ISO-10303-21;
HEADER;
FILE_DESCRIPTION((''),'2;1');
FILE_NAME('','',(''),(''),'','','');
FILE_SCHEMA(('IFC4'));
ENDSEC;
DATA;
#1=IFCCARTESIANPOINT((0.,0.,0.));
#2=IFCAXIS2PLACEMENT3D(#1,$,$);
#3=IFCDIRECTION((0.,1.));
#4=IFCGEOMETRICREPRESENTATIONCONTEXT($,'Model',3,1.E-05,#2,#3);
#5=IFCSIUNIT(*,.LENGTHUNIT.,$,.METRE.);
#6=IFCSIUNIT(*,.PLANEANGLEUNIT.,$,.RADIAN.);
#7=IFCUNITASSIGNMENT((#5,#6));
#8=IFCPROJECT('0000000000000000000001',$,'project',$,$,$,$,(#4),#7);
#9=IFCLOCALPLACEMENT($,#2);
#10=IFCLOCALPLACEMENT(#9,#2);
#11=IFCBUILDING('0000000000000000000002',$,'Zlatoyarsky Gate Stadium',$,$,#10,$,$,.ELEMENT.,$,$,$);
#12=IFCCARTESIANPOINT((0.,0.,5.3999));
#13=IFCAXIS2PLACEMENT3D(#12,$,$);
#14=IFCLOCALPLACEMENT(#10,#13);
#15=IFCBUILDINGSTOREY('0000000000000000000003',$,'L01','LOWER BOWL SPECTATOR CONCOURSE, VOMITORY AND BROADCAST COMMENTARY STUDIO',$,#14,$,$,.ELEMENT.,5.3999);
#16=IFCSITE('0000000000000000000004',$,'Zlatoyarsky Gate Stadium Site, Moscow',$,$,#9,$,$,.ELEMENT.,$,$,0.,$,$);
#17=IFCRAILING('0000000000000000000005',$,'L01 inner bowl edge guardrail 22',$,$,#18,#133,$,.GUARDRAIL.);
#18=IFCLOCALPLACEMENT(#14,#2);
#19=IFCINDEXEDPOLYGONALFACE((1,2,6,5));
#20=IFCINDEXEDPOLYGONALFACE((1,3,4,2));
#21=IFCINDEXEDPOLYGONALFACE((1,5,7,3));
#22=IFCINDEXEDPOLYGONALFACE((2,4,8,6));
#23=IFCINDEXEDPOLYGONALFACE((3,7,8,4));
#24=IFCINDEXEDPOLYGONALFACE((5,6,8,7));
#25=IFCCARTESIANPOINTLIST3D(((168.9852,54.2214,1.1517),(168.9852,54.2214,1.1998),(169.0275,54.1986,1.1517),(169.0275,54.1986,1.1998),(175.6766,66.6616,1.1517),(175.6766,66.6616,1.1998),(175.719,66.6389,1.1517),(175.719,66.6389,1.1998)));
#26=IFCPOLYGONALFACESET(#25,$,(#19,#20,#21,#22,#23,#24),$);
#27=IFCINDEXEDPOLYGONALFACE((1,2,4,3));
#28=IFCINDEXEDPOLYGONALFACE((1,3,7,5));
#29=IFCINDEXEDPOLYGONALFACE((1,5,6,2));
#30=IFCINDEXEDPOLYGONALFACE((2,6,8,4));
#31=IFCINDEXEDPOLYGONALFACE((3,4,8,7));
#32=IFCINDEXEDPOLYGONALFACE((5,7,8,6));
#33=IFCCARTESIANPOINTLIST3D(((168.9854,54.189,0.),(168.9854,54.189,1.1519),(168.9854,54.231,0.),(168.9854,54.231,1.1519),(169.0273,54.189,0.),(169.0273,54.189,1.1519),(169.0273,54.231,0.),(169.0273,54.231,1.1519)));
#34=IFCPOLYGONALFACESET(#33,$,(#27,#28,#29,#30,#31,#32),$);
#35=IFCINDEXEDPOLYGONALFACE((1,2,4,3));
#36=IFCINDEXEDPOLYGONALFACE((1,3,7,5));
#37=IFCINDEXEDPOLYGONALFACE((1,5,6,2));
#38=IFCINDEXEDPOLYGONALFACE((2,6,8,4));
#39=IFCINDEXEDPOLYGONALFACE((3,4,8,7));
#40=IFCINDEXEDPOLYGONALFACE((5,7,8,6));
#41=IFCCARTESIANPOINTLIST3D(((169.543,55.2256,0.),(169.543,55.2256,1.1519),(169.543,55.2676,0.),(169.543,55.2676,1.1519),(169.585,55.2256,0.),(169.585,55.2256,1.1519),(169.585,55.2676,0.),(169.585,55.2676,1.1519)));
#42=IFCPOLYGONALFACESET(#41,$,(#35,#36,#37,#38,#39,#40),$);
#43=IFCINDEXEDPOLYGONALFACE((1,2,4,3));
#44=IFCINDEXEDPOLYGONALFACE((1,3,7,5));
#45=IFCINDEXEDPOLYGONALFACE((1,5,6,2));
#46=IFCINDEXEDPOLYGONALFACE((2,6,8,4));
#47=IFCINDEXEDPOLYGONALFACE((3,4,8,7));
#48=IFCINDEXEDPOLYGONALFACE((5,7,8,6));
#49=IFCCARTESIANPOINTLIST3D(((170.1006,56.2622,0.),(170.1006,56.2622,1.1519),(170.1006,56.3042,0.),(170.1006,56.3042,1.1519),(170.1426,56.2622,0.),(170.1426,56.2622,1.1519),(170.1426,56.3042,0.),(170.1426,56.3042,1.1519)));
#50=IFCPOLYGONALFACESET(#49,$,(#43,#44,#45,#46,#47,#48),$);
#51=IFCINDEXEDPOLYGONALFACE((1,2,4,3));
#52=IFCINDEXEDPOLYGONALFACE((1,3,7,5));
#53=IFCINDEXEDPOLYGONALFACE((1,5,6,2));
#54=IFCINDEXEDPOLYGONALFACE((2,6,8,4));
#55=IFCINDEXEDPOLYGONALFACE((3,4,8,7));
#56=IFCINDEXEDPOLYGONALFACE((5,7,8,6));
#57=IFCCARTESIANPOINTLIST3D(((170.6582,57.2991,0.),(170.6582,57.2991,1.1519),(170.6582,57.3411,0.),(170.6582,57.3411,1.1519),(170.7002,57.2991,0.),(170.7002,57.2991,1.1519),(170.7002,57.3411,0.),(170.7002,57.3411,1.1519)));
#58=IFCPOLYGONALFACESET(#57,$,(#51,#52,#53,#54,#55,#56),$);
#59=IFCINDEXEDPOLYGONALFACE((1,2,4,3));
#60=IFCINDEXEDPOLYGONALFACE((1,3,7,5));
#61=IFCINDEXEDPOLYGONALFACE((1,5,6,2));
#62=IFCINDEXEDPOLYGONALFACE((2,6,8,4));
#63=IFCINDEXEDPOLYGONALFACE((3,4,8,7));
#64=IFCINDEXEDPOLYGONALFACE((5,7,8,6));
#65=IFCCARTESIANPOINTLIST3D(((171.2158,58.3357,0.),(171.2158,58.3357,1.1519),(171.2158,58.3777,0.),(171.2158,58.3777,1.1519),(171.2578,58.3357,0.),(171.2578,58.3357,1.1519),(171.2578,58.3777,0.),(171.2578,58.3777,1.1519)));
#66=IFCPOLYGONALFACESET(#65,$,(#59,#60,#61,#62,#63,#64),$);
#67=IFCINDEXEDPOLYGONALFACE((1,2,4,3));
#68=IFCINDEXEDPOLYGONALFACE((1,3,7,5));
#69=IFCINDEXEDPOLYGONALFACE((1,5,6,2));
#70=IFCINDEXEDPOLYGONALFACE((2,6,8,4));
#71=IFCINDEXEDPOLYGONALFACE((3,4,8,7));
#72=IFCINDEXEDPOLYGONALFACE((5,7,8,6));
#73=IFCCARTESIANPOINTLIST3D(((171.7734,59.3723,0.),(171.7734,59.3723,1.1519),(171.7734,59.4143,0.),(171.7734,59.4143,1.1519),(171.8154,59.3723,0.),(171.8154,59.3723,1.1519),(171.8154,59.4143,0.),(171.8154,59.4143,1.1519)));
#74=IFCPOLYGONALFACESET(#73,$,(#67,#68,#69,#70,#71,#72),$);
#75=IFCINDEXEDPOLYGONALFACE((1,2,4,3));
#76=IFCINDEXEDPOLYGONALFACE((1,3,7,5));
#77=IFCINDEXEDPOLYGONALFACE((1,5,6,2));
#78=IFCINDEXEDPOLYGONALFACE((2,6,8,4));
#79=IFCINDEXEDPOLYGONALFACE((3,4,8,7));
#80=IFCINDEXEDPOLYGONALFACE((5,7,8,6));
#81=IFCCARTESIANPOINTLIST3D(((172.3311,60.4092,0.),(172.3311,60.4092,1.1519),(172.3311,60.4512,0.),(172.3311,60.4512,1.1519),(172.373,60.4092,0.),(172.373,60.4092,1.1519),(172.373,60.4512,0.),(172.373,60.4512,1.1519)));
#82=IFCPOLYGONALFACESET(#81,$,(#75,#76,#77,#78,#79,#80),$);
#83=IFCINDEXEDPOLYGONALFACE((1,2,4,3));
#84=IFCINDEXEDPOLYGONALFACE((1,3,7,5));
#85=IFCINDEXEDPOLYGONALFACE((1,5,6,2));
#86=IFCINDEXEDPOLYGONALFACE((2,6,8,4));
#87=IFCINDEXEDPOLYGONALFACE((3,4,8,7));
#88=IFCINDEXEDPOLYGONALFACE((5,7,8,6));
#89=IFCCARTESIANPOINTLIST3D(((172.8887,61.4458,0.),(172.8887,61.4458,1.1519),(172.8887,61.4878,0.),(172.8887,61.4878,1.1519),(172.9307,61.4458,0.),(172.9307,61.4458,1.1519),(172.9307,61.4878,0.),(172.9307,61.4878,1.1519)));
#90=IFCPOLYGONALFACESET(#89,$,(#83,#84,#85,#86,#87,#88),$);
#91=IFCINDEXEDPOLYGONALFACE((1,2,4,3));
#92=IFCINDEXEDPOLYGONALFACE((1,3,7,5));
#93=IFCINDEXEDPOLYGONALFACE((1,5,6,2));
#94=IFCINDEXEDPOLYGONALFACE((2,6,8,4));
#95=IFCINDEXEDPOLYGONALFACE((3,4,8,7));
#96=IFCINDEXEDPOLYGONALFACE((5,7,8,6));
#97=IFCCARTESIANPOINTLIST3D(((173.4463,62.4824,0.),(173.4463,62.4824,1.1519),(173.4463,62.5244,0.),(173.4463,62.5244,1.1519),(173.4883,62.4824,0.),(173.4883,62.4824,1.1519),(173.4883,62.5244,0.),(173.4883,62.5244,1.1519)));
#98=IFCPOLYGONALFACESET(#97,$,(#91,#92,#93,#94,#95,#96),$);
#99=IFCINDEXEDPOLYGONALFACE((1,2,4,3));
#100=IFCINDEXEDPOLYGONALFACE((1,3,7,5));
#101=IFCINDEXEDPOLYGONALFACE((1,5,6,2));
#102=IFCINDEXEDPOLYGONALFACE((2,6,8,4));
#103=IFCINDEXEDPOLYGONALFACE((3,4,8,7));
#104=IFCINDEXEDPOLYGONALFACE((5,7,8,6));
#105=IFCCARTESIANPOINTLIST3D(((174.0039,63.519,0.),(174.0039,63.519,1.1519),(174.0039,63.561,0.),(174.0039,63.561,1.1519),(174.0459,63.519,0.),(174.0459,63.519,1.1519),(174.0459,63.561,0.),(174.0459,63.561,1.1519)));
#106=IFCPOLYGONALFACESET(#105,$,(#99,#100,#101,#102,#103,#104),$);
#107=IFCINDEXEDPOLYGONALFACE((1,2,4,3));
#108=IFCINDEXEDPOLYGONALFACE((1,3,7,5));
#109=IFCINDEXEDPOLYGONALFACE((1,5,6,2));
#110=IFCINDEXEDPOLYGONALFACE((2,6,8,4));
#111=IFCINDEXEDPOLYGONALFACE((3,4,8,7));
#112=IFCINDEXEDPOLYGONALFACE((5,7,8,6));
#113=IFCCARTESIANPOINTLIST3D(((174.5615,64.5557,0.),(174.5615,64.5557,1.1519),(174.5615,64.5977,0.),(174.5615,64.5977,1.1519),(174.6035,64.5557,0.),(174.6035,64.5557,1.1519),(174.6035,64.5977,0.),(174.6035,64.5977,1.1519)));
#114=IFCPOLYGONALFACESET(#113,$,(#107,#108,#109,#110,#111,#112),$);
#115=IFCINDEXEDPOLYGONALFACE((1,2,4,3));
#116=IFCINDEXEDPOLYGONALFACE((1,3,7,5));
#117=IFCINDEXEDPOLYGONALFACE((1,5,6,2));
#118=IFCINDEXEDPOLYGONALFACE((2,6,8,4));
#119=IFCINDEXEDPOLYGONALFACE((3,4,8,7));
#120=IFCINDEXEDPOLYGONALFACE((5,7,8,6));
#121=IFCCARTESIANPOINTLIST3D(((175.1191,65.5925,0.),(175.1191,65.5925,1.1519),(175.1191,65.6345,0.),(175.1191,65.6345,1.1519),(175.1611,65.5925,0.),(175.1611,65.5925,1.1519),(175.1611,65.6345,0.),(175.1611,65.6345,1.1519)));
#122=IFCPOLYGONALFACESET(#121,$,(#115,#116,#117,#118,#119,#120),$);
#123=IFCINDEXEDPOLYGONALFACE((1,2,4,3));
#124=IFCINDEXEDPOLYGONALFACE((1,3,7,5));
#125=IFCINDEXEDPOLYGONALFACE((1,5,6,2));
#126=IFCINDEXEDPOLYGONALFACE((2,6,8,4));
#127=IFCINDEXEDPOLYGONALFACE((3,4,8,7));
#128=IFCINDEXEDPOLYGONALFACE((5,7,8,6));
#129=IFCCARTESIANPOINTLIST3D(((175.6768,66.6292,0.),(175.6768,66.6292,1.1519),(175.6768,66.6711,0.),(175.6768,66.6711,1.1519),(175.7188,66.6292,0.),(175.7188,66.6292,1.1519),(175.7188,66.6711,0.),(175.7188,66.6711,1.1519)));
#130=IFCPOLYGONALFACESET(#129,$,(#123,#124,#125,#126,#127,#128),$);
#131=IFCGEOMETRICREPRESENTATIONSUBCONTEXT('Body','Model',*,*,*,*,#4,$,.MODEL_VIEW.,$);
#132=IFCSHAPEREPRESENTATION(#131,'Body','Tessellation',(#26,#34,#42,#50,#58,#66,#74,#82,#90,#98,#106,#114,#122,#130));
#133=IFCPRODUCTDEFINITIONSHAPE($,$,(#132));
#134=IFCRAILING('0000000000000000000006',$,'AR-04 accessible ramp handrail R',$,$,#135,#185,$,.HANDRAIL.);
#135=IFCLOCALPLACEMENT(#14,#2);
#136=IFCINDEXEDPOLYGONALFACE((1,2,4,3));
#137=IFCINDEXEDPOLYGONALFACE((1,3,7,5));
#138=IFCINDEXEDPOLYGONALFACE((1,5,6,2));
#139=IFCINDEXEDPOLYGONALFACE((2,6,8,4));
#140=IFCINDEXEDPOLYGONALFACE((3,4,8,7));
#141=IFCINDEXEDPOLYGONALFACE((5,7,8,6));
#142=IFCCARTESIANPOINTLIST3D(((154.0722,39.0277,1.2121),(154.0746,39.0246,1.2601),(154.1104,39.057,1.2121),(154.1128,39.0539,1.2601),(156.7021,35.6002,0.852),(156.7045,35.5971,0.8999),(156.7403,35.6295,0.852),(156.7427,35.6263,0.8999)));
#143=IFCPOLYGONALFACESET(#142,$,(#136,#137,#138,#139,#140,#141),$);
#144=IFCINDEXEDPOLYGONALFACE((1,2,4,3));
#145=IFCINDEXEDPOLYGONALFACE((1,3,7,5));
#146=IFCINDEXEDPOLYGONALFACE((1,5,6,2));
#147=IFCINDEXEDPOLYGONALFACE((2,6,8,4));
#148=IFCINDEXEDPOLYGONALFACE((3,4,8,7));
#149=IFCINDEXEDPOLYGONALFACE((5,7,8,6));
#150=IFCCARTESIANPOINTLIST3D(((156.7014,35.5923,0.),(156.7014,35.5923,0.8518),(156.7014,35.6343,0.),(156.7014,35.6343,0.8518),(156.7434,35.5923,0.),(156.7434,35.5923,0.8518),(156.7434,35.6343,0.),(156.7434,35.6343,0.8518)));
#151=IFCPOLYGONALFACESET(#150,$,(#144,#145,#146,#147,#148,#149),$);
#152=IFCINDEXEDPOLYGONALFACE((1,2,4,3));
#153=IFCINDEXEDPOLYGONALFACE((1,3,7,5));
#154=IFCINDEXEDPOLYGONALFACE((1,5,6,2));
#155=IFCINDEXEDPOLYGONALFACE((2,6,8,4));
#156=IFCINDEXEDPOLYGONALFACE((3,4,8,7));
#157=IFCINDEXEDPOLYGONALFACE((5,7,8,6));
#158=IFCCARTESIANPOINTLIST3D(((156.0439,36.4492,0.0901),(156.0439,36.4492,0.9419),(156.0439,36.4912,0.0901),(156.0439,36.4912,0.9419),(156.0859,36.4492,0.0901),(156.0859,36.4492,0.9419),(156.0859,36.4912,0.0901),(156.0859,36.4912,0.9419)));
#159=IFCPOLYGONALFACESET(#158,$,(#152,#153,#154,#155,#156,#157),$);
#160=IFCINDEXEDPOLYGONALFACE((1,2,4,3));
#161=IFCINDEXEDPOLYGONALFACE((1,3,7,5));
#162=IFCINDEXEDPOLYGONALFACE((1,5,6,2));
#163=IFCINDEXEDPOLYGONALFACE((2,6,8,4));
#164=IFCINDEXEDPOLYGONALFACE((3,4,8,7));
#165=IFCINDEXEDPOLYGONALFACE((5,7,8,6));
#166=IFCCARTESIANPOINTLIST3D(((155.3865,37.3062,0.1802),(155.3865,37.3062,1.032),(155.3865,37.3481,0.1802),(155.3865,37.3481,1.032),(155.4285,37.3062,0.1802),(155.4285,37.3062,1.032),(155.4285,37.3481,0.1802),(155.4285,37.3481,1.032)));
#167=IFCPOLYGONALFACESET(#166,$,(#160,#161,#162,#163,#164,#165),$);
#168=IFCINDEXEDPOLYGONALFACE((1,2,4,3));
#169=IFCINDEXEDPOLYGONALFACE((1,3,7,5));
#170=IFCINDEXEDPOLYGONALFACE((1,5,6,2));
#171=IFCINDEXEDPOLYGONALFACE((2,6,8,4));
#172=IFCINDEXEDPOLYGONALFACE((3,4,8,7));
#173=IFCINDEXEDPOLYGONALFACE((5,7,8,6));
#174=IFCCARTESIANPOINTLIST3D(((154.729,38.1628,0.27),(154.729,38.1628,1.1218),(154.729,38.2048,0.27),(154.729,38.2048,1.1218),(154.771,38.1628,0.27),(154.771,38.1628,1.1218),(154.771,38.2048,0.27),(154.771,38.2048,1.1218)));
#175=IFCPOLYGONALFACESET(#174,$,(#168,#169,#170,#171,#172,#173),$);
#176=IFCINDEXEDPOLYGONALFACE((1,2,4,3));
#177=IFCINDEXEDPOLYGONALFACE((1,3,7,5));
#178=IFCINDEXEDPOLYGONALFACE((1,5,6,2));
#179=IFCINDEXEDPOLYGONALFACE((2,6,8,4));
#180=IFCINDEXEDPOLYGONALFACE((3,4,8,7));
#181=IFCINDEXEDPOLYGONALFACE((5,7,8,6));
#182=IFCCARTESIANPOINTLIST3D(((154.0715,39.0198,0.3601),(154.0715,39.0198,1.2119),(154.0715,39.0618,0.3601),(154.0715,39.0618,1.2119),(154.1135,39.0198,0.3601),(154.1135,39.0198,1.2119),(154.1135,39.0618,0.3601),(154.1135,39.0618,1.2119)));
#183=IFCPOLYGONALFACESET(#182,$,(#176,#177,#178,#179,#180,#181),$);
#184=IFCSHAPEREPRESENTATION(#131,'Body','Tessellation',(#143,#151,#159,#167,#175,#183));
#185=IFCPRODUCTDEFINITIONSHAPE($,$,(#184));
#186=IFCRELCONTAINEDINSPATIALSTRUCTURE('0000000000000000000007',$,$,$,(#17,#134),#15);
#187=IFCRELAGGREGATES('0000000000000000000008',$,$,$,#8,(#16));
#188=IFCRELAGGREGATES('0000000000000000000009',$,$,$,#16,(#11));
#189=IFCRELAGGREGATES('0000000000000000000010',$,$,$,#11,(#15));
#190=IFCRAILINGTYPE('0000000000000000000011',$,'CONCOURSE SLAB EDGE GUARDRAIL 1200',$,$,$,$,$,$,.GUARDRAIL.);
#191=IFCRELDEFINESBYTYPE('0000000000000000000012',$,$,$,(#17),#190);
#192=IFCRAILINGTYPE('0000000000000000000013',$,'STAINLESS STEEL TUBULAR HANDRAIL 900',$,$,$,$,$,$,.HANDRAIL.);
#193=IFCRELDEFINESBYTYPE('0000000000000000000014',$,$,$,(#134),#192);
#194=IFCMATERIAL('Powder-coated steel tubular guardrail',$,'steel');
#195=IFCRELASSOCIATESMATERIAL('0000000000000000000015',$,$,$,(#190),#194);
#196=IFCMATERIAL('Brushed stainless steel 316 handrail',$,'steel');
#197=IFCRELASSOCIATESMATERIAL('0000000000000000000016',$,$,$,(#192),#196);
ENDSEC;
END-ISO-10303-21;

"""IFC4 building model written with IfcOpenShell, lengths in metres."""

from ifc_helpers import new_model, si_unit, direction, frame, origin, origin_2d, place, context, subcontext, project, spatial, rectangle, extrude, material, type_object, element, save


model = new_model("IFC4")

# Units and contexts
model_context = context("Model", 3, precision=1e-05, world=origin(), true_north=direction((0.0, 1.0)))
body_context = subcontext(model_context, "Body", "Model", "MODEL_VIEW")
ifc_project = project(units=[si_unit("LENGTHUNIT", "METRE"), si_unit("PLANEANGLEUNIT", "RADIAN")], contexts=[model_context])

# Site, building, storey
site_placement = place(None, origin())
site = spatial("IfcSite", under=ifc_project, at=site_placement, Name="Zlatoyarsky Gate Stadium Site, Moscow", CompositionType="ELEMENT", RefElevation=0.0)
building_placement = place(site_placement, origin())
building = spatial("IfcBuilding", under=site, at=building_placement, Name="Zlatoyarsky Gate Stadium", CompositionType="ELEMENT")
storey_placement = place(building_placement, frame((0.0, 0.0, 5.3999)))
storey = spatial("IfcBuildingStorey", under=building, at=storey_placement, Name="L01", Description="LOWER BOWL SPECTATOR CONCOURSE, VOMITORY AND BROADCAST COMMENTARY STUDIO", CompositionType="ELEMENT", Elevation=5.3999)

# Railings
ifc_material_1 = material(Name="Powder-coated steel tubular guardrail", Category="steel")
railing_type_1 = type_object("IfcRailingType", Name="CONCOURSE SLAB EDGE GUARDRAIL 1200", PredefinedType="GUARDRAIL", material=ifc_material_1)
railing_1_placement = place(storey_placement, frame((169.0063, 54.21, 0.0)))
element("IfcRailing", 1, at=railing_1_placement, inside=storey, type_object=railing_type_1, Name="L01 inner bowl edge guardrail 22", PredefinedType="GUARDRAIL", context=body_context, shape_type="SweptSolid", body=[
    extrude(rectangle(XDim=0.0481, YDim=0.0481, at=origin_2d()), frame((0.0, 0.0, 1.1758), z_axis=(0.473707, 0.880682, 0.0), x_axis=(-0.880682, 0.473707, 0.0)), (0.0, 0.0, 1.0), 14.1257),
    extrude(rectangle(XDim=0.042, YDim=0.042, at=origin_2d()), origin(), (0.0, 0.0, 1.0), 1.1519),
    extrude(rectangle(XDim=0.042, YDim=0.042, at=origin_2d()), frame((0.5576, 1.0366, 0.0)), (0.0, 0.0, 1.0), 1.1519),
    extrude(rectangle(XDim=0.042, YDim=0.042, at=origin_2d()), frame((1.1152, 2.0732, 0.0)), (0.0, 0.0, 1.0), 1.1519),
    extrude(rectangle(XDim=0.042, YDim=0.042, at=origin_2d()), frame((1.6729, 3.1101, 0.0)), (0.0, 0.0, 1.0), 1.1519),
    extrude(rectangle(XDim=0.042, YDim=0.042, at=origin_2d()), frame((2.2305, 4.1467, 0.0)), (0.0, 0.0, 1.0), 1.1519),
    extrude(rectangle(XDim=0.042, YDim=0.042, at=origin_2d()), frame((2.7881, 5.1833, 0.0)), (0.0, 0.0, 1.0), 1.1519),
    extrude(rectangle(XDim=0.042, YDim=0.042, at=origin_2d()), frame((3.3457, 6.2202, 0.0)), (0.0, 0.0, 1.0), 1.1519),
    extrude(rectangle(XDim=0.042, YDim=0.042, at=origin_2d()), frame((3.9033, 7.2568, 0.0)), (0.0, 0.0, 1.0), 1.1519),
    extrude(rectangle(XDim=0.042, YDim=0.042, at=origin_2d()), frame((4.4609, 8.2935, 0.0)), (0.0, 0.0, 1.0), 1.1519),
    extrude(rectangle(XDim=0.042, YDim=0.042, at=origin_2d()), frame((5.0186, 9.3301, 0.0)), (0.0, 0.0, 1.0), 1.1519),
    extrude(rectangle(XDim=0.042, YDim=0.042, at=origin_2d()), frame((5.5762, 10.3667, 0.0)), (0.0, 0.0, 1.0), 1.1519),
    extrude(rectangle(XDim=0.042, YDim=0.042, at=origin_2d()), frame((6.1338, 11.4036, 0.0)), (0.0, 0.0, 1.0), 1.1519),
    extrude(rectangle(XDim=0.042, YDim=0.042, at=origin_2d()), frame((6.6914, 12.4402, 0.0)), (0.0, 0.0, 1.0), 1.1519),
])
ifc_material_2 = material(Name="Brushed stainless steel 316 handrail", Category="steel")
railing_type_2 = type_object("IfcRailingType", Name="STAINLESS STEEL TUBULAR HANDRAIL 900", PredefinedType="HANDRAIL", material=ifc_material_2)
railing_2_placement = place(storey_placement, frame((156.7224, 35.6133, 0.0)))
element("IfcRailing", 2, at=railing_2_placement, inside=storey, type_object=railing_type_2, Name="AR-04 accessible ramp handrail R", PredefinedType="HANDRAIL", context=body_context, shape_type="SweptSolid", body=[
    extrude(rectangle(XDim=0.0481, YDim=0.0481, at=origin_2d()), frame((0.0, 0.0, 0.876), z_axis=(-0.60664, 0.790625, 0.083067), x_axis=(-0.793367, -0.608744, 0.0)), (0.0, 0.0, 1.0), 4.3352),
    extrude(rectangle(XDim=0.042, YDim=0.042, at=origin_2d()), origin(), (0.0, 0.0, 1.0), 0.8518),
    extrude(rectangle(XDim=0.042, YDim=0.042, at=origin_2d()), frame((-0.6575, 0.8569, 0.0901)), (0.0, 0.0, 1.0), 0.8518),
    extrude(rectangle(XDim=0.042, YDim=0.042, at=origin_2d()), frame((-1.3149, 1.7139, 0.1802)), (0.0, 0.0, 1.0), 0.8518),
    extrude(rectangle(XDim=0.042, YDim=0.042, at=origin_2d()), frame((-1.9724, 2.5706, 0.27)), (0.0, 0.0, 1.0), 0.8518),
    extrude(rectangle(XDim=0.042, YDim=0.042, at=origin_2d()), frame((-2.6299, 3.4275, 0.3601)), (0.0, 0.0, 1.0), 0.8518),
])

save(model, "model.ifc")
